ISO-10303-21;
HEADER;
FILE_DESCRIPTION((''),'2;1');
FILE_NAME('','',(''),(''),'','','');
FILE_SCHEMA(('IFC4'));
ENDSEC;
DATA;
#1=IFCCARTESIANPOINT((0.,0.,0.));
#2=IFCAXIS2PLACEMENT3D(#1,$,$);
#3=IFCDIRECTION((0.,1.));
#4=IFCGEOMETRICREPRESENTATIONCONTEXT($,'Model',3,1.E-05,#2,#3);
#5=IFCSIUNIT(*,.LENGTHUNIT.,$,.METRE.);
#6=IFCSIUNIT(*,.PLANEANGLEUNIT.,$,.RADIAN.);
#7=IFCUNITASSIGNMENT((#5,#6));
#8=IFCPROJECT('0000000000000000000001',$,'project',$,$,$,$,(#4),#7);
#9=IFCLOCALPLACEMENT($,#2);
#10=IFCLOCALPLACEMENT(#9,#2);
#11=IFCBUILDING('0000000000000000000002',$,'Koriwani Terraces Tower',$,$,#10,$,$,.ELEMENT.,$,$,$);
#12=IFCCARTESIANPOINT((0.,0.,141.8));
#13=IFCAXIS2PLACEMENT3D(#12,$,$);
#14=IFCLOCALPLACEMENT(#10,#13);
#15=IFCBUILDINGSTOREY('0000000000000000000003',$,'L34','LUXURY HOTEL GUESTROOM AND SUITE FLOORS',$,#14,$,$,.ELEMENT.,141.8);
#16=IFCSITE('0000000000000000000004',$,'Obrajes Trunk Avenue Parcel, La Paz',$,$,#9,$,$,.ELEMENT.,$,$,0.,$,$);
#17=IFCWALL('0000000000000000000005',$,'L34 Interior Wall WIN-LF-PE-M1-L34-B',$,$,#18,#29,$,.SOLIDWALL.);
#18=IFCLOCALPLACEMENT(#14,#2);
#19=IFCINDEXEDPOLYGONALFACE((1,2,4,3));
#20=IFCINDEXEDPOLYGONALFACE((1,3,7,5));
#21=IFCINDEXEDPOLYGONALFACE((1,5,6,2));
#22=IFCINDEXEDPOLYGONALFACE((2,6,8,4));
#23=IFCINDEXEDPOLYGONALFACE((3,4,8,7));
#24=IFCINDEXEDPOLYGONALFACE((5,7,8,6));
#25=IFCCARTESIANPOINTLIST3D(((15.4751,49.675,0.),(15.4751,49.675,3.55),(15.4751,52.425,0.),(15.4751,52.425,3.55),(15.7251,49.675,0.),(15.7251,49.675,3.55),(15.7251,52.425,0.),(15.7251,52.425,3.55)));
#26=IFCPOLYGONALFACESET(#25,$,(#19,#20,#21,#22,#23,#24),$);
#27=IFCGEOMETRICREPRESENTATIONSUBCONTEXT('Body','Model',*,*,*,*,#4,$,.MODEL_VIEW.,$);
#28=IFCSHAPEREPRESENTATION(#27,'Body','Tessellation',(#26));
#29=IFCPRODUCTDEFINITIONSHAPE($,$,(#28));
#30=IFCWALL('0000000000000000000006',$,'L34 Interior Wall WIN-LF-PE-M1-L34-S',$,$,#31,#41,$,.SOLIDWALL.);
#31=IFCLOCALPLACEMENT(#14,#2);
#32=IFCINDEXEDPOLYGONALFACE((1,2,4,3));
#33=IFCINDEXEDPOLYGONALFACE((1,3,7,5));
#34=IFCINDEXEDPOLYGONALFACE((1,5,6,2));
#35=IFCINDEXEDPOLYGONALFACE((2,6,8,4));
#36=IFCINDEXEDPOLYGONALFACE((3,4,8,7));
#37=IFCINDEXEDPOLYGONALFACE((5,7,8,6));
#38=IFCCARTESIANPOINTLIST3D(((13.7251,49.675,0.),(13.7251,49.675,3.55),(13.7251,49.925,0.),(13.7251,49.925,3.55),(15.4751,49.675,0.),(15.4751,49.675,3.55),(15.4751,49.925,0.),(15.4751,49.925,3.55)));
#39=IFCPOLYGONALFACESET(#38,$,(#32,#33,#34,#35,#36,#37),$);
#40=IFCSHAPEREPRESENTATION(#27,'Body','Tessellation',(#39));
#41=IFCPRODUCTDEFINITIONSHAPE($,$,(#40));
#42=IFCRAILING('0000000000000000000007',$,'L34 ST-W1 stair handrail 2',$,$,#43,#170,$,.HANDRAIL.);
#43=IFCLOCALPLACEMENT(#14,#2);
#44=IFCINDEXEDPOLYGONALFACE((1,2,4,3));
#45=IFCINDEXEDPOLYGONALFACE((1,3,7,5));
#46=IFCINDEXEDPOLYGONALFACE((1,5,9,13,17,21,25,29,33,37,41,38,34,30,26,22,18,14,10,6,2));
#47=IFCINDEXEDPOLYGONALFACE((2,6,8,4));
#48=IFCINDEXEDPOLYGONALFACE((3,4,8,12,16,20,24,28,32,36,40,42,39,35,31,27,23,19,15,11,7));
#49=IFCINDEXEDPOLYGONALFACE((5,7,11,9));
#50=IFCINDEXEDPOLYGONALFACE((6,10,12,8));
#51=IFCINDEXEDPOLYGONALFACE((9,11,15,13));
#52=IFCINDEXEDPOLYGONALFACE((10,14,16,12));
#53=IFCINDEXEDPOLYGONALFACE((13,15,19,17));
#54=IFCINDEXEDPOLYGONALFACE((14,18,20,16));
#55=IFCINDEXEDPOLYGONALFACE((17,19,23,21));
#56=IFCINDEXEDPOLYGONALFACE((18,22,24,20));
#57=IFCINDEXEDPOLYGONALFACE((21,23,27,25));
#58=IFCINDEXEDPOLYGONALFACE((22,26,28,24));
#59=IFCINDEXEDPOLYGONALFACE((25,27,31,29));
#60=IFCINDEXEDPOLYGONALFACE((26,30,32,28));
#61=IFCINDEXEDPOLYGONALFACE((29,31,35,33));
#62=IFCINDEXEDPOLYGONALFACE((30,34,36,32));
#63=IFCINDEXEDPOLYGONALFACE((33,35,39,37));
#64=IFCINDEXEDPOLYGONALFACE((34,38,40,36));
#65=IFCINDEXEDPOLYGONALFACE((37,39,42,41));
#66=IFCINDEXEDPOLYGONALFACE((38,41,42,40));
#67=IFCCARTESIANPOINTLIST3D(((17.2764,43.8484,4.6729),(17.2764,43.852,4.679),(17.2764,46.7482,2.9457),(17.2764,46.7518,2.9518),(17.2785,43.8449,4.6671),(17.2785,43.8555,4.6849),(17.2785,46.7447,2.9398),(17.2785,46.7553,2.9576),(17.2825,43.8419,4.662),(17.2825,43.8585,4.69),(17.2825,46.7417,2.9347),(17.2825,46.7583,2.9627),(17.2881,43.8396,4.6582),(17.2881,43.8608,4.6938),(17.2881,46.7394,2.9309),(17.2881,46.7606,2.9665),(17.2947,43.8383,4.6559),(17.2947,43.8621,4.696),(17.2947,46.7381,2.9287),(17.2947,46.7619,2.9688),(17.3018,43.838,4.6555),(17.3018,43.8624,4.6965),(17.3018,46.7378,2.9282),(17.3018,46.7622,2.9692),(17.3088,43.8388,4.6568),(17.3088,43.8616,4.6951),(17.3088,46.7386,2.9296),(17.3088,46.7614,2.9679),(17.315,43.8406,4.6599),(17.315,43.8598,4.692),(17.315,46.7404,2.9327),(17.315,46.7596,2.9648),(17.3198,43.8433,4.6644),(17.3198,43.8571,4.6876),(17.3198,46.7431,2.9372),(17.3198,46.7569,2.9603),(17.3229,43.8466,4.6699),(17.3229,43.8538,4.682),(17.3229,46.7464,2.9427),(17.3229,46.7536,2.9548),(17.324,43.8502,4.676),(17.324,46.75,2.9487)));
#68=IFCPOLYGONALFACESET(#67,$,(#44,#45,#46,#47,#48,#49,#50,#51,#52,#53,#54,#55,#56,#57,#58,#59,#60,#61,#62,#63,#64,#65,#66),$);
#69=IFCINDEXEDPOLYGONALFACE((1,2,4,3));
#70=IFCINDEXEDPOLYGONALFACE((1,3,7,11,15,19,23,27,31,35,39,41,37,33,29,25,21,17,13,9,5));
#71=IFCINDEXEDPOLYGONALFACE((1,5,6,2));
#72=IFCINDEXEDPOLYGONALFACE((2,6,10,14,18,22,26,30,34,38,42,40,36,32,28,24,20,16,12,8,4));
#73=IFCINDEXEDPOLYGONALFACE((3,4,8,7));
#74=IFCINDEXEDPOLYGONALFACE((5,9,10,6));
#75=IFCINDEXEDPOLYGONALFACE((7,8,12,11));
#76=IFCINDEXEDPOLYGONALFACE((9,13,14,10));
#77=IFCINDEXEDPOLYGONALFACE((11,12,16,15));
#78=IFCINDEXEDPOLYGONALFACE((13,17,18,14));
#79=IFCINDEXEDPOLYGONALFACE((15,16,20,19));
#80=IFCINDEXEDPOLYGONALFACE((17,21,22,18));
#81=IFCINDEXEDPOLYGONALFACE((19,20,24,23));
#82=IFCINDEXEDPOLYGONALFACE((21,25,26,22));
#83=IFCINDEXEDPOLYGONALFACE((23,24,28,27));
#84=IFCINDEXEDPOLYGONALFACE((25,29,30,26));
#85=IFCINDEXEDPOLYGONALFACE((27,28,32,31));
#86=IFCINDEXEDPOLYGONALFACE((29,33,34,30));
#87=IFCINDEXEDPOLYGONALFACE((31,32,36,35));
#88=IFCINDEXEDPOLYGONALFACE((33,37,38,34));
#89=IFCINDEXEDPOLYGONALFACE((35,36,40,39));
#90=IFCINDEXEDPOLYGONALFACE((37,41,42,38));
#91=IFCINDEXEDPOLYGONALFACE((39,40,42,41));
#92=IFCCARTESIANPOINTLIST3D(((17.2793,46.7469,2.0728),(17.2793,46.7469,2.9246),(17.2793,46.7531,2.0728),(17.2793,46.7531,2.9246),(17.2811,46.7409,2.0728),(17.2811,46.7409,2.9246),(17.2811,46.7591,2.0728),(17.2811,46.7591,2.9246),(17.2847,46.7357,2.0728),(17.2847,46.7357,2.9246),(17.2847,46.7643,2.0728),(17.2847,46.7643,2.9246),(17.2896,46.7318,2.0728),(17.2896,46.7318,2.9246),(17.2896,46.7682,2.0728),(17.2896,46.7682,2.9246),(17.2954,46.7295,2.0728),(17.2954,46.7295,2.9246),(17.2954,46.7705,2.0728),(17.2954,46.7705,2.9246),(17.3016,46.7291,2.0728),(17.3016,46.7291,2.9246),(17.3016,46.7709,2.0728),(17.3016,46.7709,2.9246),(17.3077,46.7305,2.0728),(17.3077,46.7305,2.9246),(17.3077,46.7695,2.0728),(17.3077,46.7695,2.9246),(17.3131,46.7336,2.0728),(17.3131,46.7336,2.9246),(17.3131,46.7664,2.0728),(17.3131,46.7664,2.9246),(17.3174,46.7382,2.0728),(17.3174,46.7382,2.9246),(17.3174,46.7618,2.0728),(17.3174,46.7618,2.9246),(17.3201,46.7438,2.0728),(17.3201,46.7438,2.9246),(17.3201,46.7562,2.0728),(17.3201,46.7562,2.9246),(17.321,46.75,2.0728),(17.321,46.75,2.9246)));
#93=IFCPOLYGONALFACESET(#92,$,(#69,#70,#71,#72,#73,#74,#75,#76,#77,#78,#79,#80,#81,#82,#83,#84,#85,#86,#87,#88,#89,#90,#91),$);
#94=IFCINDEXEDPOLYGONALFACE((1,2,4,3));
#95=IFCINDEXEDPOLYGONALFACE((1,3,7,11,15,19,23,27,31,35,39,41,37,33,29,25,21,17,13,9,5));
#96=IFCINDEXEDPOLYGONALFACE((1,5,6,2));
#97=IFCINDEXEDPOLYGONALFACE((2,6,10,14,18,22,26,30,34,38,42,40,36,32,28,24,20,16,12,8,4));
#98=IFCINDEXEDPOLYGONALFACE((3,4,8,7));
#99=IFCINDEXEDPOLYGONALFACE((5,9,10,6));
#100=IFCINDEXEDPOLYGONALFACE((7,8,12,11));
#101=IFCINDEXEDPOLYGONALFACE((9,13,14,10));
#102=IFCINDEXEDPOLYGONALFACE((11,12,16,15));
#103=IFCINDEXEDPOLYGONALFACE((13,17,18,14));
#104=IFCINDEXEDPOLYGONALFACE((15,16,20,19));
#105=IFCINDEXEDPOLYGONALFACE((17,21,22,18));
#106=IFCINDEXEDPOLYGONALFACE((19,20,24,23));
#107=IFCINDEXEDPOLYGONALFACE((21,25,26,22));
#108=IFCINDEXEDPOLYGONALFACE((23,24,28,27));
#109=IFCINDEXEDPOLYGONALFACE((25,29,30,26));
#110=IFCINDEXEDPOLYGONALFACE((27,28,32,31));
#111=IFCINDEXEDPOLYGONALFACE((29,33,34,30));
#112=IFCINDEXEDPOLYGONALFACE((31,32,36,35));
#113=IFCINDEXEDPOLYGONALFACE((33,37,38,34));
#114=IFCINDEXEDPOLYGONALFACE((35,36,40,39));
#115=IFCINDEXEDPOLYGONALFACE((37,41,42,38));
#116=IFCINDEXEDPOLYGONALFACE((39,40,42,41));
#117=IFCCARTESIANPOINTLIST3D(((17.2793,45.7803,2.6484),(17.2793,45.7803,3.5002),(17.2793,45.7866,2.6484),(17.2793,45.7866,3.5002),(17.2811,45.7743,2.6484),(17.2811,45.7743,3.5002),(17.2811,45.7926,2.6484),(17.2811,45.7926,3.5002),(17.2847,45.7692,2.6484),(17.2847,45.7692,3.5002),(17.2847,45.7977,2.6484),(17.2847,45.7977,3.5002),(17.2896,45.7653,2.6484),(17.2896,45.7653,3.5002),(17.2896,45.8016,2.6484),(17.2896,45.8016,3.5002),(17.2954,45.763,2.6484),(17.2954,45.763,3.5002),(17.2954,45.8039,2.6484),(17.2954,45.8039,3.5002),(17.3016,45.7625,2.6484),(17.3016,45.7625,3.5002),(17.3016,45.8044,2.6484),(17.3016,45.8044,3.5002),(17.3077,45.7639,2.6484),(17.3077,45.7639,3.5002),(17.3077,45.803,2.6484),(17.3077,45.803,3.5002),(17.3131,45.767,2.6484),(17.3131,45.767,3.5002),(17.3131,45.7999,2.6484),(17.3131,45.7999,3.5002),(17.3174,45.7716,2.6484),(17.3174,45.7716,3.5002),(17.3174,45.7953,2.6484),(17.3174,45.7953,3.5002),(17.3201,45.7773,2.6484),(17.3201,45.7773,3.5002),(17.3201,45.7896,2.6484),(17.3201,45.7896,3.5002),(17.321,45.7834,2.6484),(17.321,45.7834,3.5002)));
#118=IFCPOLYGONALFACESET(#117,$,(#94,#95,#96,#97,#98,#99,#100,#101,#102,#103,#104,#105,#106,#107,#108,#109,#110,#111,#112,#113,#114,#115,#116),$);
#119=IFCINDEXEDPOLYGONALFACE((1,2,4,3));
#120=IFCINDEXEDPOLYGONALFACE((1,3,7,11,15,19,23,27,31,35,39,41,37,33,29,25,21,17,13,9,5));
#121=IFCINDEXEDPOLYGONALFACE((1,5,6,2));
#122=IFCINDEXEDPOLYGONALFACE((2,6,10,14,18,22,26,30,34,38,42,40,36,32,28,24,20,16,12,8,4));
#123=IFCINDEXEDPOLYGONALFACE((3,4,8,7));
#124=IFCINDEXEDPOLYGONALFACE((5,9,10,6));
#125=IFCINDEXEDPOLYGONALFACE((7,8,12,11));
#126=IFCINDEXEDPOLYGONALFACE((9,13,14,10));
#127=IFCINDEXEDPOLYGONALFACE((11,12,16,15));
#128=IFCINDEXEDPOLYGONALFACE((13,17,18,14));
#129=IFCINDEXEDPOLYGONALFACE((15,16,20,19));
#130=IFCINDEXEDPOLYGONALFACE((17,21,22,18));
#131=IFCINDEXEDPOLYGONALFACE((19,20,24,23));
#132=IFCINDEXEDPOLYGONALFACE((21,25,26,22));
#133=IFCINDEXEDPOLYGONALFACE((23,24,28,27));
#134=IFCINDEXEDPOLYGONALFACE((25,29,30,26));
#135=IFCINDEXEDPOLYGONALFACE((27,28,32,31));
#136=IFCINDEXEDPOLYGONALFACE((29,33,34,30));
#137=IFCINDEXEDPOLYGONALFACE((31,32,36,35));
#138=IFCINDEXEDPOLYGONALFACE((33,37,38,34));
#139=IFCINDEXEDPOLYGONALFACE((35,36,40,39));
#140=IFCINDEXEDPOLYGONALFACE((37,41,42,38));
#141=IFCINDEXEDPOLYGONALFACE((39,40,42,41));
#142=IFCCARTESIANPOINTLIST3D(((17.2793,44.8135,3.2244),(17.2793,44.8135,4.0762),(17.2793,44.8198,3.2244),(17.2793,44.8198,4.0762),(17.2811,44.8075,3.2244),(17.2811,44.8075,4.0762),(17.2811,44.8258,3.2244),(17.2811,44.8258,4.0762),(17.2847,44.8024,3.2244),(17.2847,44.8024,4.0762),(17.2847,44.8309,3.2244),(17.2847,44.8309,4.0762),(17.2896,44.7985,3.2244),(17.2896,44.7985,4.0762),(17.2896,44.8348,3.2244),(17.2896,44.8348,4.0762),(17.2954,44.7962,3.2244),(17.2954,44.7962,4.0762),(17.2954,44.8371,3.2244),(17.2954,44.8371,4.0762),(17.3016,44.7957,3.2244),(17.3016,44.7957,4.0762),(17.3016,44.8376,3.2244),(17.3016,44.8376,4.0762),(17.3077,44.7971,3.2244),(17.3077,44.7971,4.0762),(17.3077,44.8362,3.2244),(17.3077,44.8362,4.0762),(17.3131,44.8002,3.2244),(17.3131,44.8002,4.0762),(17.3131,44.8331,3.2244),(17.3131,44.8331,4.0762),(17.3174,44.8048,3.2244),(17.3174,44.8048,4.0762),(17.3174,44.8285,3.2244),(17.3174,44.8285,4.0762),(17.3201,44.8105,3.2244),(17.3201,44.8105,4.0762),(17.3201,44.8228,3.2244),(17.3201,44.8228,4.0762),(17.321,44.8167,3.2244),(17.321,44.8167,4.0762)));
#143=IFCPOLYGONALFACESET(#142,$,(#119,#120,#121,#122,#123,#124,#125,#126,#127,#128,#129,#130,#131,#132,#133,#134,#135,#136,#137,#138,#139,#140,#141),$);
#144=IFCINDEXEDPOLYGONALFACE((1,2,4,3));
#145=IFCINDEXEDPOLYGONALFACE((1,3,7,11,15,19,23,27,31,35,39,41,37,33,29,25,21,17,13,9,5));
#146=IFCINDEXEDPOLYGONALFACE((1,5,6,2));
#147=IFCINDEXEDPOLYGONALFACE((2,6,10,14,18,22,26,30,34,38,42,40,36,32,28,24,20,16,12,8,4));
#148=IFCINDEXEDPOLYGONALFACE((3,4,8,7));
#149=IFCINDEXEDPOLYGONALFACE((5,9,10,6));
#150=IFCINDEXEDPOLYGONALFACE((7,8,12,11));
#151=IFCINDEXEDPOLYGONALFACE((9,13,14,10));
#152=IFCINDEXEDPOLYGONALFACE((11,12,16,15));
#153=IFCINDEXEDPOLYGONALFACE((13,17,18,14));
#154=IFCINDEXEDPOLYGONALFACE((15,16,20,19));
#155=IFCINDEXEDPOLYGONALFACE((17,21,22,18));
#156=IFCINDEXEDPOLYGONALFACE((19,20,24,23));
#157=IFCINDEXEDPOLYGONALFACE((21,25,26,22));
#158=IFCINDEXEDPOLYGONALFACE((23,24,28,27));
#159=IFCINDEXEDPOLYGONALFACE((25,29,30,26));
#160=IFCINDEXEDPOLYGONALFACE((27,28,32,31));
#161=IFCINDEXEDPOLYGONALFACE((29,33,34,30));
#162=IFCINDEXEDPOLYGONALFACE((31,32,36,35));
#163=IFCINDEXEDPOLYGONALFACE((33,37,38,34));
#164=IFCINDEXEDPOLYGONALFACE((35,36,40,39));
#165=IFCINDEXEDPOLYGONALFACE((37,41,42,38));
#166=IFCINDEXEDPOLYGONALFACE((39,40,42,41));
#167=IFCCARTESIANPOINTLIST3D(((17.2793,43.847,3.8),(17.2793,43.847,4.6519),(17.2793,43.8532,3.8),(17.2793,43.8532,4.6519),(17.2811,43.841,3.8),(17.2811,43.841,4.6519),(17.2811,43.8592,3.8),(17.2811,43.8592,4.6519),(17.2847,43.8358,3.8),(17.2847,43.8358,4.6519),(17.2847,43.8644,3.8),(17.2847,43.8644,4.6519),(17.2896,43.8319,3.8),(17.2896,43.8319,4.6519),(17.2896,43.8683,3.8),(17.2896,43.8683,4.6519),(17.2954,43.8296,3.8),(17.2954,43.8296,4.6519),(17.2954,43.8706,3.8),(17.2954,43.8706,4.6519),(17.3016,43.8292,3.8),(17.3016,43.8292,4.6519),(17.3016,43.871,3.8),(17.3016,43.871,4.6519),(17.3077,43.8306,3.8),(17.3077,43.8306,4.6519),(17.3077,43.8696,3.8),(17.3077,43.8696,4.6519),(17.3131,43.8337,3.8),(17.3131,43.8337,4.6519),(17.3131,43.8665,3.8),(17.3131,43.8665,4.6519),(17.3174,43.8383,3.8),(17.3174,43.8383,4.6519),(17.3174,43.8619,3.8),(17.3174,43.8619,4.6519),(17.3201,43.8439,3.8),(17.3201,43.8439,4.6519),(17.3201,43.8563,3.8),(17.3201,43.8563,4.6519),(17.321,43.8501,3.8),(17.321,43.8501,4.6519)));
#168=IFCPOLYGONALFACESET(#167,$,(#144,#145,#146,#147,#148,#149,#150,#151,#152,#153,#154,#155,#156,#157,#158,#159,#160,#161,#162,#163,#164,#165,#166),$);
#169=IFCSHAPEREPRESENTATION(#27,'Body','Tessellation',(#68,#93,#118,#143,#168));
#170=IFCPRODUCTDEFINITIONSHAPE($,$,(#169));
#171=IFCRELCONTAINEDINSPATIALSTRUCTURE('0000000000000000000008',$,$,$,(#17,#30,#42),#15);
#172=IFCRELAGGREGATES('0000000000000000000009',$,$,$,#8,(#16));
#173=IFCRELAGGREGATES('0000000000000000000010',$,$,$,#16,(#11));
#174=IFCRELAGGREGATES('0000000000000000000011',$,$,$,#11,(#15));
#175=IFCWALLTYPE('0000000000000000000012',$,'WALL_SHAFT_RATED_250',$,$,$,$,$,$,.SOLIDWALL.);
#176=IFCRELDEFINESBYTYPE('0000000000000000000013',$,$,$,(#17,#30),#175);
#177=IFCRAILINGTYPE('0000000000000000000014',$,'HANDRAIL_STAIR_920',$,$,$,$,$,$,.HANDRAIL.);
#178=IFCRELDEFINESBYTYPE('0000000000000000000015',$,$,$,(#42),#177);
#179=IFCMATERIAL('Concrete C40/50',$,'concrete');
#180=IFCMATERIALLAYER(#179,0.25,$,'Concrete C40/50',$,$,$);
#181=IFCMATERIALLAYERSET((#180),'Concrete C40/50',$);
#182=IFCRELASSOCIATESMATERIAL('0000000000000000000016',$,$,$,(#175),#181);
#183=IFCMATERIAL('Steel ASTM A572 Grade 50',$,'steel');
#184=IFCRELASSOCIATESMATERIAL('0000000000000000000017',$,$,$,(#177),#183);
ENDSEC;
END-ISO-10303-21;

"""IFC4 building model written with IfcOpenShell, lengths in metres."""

from ifc_helpers import new_model, si_unit, direction, frame, frame_2d, origin, origin_2d, place, context, subcontext, project, spatial, rectangle, circle, extrude, material, layer, layer_set, type_object, element, save


model = new_model("IFC4")

# Units and contexts
model_context = context("Model", 3, precision=1e-05, world=origin(), true_north=direction((0.0, 1.0)))
body_context = subcontext(model_context, "Body", "Model", "MODEL_VIEW")
ifc_project = project(units=[si_unit("LENGTHUNIT", "METRE"), si_unit("PLANEANGLEUNIT", "RADIAN")], contexts=[model_context])

# Site, building, storey
site_placement = place(None, origin())
site = spatial("IfcSite", under=ifc_project, at=site_placement, Name="Obrajes Trunk Avenue Parcel, La Paz", CompositionType="ELEMENT", RefElevation=0.0)
building_placement = place(site_placement, origin())
building = spatial("IfcBuilding", under=site, at=building_placement, Name="Koriwani Terraces Tower", CompositionType="ELEMENT")
storey_placement = place(building_placement, frame((0.0, 0.0, 141.8)))
storey = spatial("IfcBuildingStorey", under=building, at=storey_placement, Name="L34", Description="LUXURY HOTEL GUESTROOM AND SUITE FLOORS", CompositionType="ELEMENT", Elevation=141.8)

# Shared definitions
ifc_material_1 = material(Name="Concrete C40/50", Category="concrete")
ifc_material_2 = material(Name="Steel ASTM A572 Grade 50", Category="steel")

# Shared definitions
ifc_layer_1 = layer(ifc_material_1, 0.25, Name="Concrete C40/50")
ifc_layer_set_1 = layer_set([ifc_layer_1], Name="Concrete C40/50")
wall_type_1 = type_object("IfcWallType", Name="WALL_SHAFT_RATED_250", PredefinedType="SOLIDWALL", material=ifc_layer_set_1)

# Walls
wall_1_placement = place(storey_placement, frame((15.6001, 49.675, 0.0), z_axis=(0.0, 0.0, 1.0), x_axis=(0.0, 1.0, 0.0)))
element("IfcWall", 1, at=wall_1_placement, inside=storey, type_object=wall_type_1, Name="L34 Interior Wall WIN-LF-PE-M1-L34-B", PredefinedType="SOLIDWALL", context=body_context, shape_type="SweptSolid", body=[
    extrude(rectangle(XDim=2.75, YDim=0.25, at=frame_2d((1.375, 0.0))), origin(), (0.0, 0.0, 1.0), 3.55),
])
wall_2_placement = place(storey_placement, frame((13.7251, 49.8, 0.0), z_axis=(0.0, 0.0, 1.0), x_axis=(1.0, 0.0, 0.0)))
element("IfcWall", 2, at=wall_2_placement, inside=storey, type_object=wall_type_1, Name="L34 Interior Wall WIN-LF-PE-M1-L34-S", PredefinedType="SOLIDWALL", context=body_context, shape_type="SweptSolid", body=[
    extrude(rectangle(XDim=1.75, YDim=0.25, at=frame_2d((0.875, 0.0))), origin(), (0.0, 0.0, 1.0), 3.55),
])

# Railing
railing_type_1 = type_object("IfcRailingType", Name="HANDRAIL_STAIR_920", PredefinedType="HANDRAIL", material=ifc_material_2)
railing_1_placement = place(storey_placement, frame((17.3, 46.75, 2.0728)))
element("IfcRailing", 3, at=railing_1_placement, inside=storey, type_object=railing_type_1, Name="L34 ST-W1 stair handrail 2", PredefinedType="HANDRAIL", context=body_context, shape_type="SweptSolid", body=[
    extrude(circle(Radius=0.0239, at=origin_2d()), frame((0.0, 0.0, 0.876), z_axis=(0.0, -0.859141, 0.511738), x_axis=(1.0, 0.0, 0.0)), (0.0, 0.0, 1.0), 3.3752),
    extrude(circle(Radius=0.021, at=origin_2d()), origin(), (0.0, 0.0, 1.0), 0.8518),
    extrude(circle(Radius=0.021, at=origin_2d()), frame((0.0, -0.9666, 0.5757)), (0.0, 0.0, 1.0), 0.8518),
    extrude(circle(Radius=0.021, at=origin_2d()), frame((0.0, -1.9333, 1.1516)), (0.0, 0.0, 1.0), 0.8518),
    extrude(circle(Radius=0.021, at=origin_2d()), frame((0.0, -2.8999, 1.7273)), (0.0, 0.0, 1.0), 0.8518),
])

save(model, "model.ifc")
